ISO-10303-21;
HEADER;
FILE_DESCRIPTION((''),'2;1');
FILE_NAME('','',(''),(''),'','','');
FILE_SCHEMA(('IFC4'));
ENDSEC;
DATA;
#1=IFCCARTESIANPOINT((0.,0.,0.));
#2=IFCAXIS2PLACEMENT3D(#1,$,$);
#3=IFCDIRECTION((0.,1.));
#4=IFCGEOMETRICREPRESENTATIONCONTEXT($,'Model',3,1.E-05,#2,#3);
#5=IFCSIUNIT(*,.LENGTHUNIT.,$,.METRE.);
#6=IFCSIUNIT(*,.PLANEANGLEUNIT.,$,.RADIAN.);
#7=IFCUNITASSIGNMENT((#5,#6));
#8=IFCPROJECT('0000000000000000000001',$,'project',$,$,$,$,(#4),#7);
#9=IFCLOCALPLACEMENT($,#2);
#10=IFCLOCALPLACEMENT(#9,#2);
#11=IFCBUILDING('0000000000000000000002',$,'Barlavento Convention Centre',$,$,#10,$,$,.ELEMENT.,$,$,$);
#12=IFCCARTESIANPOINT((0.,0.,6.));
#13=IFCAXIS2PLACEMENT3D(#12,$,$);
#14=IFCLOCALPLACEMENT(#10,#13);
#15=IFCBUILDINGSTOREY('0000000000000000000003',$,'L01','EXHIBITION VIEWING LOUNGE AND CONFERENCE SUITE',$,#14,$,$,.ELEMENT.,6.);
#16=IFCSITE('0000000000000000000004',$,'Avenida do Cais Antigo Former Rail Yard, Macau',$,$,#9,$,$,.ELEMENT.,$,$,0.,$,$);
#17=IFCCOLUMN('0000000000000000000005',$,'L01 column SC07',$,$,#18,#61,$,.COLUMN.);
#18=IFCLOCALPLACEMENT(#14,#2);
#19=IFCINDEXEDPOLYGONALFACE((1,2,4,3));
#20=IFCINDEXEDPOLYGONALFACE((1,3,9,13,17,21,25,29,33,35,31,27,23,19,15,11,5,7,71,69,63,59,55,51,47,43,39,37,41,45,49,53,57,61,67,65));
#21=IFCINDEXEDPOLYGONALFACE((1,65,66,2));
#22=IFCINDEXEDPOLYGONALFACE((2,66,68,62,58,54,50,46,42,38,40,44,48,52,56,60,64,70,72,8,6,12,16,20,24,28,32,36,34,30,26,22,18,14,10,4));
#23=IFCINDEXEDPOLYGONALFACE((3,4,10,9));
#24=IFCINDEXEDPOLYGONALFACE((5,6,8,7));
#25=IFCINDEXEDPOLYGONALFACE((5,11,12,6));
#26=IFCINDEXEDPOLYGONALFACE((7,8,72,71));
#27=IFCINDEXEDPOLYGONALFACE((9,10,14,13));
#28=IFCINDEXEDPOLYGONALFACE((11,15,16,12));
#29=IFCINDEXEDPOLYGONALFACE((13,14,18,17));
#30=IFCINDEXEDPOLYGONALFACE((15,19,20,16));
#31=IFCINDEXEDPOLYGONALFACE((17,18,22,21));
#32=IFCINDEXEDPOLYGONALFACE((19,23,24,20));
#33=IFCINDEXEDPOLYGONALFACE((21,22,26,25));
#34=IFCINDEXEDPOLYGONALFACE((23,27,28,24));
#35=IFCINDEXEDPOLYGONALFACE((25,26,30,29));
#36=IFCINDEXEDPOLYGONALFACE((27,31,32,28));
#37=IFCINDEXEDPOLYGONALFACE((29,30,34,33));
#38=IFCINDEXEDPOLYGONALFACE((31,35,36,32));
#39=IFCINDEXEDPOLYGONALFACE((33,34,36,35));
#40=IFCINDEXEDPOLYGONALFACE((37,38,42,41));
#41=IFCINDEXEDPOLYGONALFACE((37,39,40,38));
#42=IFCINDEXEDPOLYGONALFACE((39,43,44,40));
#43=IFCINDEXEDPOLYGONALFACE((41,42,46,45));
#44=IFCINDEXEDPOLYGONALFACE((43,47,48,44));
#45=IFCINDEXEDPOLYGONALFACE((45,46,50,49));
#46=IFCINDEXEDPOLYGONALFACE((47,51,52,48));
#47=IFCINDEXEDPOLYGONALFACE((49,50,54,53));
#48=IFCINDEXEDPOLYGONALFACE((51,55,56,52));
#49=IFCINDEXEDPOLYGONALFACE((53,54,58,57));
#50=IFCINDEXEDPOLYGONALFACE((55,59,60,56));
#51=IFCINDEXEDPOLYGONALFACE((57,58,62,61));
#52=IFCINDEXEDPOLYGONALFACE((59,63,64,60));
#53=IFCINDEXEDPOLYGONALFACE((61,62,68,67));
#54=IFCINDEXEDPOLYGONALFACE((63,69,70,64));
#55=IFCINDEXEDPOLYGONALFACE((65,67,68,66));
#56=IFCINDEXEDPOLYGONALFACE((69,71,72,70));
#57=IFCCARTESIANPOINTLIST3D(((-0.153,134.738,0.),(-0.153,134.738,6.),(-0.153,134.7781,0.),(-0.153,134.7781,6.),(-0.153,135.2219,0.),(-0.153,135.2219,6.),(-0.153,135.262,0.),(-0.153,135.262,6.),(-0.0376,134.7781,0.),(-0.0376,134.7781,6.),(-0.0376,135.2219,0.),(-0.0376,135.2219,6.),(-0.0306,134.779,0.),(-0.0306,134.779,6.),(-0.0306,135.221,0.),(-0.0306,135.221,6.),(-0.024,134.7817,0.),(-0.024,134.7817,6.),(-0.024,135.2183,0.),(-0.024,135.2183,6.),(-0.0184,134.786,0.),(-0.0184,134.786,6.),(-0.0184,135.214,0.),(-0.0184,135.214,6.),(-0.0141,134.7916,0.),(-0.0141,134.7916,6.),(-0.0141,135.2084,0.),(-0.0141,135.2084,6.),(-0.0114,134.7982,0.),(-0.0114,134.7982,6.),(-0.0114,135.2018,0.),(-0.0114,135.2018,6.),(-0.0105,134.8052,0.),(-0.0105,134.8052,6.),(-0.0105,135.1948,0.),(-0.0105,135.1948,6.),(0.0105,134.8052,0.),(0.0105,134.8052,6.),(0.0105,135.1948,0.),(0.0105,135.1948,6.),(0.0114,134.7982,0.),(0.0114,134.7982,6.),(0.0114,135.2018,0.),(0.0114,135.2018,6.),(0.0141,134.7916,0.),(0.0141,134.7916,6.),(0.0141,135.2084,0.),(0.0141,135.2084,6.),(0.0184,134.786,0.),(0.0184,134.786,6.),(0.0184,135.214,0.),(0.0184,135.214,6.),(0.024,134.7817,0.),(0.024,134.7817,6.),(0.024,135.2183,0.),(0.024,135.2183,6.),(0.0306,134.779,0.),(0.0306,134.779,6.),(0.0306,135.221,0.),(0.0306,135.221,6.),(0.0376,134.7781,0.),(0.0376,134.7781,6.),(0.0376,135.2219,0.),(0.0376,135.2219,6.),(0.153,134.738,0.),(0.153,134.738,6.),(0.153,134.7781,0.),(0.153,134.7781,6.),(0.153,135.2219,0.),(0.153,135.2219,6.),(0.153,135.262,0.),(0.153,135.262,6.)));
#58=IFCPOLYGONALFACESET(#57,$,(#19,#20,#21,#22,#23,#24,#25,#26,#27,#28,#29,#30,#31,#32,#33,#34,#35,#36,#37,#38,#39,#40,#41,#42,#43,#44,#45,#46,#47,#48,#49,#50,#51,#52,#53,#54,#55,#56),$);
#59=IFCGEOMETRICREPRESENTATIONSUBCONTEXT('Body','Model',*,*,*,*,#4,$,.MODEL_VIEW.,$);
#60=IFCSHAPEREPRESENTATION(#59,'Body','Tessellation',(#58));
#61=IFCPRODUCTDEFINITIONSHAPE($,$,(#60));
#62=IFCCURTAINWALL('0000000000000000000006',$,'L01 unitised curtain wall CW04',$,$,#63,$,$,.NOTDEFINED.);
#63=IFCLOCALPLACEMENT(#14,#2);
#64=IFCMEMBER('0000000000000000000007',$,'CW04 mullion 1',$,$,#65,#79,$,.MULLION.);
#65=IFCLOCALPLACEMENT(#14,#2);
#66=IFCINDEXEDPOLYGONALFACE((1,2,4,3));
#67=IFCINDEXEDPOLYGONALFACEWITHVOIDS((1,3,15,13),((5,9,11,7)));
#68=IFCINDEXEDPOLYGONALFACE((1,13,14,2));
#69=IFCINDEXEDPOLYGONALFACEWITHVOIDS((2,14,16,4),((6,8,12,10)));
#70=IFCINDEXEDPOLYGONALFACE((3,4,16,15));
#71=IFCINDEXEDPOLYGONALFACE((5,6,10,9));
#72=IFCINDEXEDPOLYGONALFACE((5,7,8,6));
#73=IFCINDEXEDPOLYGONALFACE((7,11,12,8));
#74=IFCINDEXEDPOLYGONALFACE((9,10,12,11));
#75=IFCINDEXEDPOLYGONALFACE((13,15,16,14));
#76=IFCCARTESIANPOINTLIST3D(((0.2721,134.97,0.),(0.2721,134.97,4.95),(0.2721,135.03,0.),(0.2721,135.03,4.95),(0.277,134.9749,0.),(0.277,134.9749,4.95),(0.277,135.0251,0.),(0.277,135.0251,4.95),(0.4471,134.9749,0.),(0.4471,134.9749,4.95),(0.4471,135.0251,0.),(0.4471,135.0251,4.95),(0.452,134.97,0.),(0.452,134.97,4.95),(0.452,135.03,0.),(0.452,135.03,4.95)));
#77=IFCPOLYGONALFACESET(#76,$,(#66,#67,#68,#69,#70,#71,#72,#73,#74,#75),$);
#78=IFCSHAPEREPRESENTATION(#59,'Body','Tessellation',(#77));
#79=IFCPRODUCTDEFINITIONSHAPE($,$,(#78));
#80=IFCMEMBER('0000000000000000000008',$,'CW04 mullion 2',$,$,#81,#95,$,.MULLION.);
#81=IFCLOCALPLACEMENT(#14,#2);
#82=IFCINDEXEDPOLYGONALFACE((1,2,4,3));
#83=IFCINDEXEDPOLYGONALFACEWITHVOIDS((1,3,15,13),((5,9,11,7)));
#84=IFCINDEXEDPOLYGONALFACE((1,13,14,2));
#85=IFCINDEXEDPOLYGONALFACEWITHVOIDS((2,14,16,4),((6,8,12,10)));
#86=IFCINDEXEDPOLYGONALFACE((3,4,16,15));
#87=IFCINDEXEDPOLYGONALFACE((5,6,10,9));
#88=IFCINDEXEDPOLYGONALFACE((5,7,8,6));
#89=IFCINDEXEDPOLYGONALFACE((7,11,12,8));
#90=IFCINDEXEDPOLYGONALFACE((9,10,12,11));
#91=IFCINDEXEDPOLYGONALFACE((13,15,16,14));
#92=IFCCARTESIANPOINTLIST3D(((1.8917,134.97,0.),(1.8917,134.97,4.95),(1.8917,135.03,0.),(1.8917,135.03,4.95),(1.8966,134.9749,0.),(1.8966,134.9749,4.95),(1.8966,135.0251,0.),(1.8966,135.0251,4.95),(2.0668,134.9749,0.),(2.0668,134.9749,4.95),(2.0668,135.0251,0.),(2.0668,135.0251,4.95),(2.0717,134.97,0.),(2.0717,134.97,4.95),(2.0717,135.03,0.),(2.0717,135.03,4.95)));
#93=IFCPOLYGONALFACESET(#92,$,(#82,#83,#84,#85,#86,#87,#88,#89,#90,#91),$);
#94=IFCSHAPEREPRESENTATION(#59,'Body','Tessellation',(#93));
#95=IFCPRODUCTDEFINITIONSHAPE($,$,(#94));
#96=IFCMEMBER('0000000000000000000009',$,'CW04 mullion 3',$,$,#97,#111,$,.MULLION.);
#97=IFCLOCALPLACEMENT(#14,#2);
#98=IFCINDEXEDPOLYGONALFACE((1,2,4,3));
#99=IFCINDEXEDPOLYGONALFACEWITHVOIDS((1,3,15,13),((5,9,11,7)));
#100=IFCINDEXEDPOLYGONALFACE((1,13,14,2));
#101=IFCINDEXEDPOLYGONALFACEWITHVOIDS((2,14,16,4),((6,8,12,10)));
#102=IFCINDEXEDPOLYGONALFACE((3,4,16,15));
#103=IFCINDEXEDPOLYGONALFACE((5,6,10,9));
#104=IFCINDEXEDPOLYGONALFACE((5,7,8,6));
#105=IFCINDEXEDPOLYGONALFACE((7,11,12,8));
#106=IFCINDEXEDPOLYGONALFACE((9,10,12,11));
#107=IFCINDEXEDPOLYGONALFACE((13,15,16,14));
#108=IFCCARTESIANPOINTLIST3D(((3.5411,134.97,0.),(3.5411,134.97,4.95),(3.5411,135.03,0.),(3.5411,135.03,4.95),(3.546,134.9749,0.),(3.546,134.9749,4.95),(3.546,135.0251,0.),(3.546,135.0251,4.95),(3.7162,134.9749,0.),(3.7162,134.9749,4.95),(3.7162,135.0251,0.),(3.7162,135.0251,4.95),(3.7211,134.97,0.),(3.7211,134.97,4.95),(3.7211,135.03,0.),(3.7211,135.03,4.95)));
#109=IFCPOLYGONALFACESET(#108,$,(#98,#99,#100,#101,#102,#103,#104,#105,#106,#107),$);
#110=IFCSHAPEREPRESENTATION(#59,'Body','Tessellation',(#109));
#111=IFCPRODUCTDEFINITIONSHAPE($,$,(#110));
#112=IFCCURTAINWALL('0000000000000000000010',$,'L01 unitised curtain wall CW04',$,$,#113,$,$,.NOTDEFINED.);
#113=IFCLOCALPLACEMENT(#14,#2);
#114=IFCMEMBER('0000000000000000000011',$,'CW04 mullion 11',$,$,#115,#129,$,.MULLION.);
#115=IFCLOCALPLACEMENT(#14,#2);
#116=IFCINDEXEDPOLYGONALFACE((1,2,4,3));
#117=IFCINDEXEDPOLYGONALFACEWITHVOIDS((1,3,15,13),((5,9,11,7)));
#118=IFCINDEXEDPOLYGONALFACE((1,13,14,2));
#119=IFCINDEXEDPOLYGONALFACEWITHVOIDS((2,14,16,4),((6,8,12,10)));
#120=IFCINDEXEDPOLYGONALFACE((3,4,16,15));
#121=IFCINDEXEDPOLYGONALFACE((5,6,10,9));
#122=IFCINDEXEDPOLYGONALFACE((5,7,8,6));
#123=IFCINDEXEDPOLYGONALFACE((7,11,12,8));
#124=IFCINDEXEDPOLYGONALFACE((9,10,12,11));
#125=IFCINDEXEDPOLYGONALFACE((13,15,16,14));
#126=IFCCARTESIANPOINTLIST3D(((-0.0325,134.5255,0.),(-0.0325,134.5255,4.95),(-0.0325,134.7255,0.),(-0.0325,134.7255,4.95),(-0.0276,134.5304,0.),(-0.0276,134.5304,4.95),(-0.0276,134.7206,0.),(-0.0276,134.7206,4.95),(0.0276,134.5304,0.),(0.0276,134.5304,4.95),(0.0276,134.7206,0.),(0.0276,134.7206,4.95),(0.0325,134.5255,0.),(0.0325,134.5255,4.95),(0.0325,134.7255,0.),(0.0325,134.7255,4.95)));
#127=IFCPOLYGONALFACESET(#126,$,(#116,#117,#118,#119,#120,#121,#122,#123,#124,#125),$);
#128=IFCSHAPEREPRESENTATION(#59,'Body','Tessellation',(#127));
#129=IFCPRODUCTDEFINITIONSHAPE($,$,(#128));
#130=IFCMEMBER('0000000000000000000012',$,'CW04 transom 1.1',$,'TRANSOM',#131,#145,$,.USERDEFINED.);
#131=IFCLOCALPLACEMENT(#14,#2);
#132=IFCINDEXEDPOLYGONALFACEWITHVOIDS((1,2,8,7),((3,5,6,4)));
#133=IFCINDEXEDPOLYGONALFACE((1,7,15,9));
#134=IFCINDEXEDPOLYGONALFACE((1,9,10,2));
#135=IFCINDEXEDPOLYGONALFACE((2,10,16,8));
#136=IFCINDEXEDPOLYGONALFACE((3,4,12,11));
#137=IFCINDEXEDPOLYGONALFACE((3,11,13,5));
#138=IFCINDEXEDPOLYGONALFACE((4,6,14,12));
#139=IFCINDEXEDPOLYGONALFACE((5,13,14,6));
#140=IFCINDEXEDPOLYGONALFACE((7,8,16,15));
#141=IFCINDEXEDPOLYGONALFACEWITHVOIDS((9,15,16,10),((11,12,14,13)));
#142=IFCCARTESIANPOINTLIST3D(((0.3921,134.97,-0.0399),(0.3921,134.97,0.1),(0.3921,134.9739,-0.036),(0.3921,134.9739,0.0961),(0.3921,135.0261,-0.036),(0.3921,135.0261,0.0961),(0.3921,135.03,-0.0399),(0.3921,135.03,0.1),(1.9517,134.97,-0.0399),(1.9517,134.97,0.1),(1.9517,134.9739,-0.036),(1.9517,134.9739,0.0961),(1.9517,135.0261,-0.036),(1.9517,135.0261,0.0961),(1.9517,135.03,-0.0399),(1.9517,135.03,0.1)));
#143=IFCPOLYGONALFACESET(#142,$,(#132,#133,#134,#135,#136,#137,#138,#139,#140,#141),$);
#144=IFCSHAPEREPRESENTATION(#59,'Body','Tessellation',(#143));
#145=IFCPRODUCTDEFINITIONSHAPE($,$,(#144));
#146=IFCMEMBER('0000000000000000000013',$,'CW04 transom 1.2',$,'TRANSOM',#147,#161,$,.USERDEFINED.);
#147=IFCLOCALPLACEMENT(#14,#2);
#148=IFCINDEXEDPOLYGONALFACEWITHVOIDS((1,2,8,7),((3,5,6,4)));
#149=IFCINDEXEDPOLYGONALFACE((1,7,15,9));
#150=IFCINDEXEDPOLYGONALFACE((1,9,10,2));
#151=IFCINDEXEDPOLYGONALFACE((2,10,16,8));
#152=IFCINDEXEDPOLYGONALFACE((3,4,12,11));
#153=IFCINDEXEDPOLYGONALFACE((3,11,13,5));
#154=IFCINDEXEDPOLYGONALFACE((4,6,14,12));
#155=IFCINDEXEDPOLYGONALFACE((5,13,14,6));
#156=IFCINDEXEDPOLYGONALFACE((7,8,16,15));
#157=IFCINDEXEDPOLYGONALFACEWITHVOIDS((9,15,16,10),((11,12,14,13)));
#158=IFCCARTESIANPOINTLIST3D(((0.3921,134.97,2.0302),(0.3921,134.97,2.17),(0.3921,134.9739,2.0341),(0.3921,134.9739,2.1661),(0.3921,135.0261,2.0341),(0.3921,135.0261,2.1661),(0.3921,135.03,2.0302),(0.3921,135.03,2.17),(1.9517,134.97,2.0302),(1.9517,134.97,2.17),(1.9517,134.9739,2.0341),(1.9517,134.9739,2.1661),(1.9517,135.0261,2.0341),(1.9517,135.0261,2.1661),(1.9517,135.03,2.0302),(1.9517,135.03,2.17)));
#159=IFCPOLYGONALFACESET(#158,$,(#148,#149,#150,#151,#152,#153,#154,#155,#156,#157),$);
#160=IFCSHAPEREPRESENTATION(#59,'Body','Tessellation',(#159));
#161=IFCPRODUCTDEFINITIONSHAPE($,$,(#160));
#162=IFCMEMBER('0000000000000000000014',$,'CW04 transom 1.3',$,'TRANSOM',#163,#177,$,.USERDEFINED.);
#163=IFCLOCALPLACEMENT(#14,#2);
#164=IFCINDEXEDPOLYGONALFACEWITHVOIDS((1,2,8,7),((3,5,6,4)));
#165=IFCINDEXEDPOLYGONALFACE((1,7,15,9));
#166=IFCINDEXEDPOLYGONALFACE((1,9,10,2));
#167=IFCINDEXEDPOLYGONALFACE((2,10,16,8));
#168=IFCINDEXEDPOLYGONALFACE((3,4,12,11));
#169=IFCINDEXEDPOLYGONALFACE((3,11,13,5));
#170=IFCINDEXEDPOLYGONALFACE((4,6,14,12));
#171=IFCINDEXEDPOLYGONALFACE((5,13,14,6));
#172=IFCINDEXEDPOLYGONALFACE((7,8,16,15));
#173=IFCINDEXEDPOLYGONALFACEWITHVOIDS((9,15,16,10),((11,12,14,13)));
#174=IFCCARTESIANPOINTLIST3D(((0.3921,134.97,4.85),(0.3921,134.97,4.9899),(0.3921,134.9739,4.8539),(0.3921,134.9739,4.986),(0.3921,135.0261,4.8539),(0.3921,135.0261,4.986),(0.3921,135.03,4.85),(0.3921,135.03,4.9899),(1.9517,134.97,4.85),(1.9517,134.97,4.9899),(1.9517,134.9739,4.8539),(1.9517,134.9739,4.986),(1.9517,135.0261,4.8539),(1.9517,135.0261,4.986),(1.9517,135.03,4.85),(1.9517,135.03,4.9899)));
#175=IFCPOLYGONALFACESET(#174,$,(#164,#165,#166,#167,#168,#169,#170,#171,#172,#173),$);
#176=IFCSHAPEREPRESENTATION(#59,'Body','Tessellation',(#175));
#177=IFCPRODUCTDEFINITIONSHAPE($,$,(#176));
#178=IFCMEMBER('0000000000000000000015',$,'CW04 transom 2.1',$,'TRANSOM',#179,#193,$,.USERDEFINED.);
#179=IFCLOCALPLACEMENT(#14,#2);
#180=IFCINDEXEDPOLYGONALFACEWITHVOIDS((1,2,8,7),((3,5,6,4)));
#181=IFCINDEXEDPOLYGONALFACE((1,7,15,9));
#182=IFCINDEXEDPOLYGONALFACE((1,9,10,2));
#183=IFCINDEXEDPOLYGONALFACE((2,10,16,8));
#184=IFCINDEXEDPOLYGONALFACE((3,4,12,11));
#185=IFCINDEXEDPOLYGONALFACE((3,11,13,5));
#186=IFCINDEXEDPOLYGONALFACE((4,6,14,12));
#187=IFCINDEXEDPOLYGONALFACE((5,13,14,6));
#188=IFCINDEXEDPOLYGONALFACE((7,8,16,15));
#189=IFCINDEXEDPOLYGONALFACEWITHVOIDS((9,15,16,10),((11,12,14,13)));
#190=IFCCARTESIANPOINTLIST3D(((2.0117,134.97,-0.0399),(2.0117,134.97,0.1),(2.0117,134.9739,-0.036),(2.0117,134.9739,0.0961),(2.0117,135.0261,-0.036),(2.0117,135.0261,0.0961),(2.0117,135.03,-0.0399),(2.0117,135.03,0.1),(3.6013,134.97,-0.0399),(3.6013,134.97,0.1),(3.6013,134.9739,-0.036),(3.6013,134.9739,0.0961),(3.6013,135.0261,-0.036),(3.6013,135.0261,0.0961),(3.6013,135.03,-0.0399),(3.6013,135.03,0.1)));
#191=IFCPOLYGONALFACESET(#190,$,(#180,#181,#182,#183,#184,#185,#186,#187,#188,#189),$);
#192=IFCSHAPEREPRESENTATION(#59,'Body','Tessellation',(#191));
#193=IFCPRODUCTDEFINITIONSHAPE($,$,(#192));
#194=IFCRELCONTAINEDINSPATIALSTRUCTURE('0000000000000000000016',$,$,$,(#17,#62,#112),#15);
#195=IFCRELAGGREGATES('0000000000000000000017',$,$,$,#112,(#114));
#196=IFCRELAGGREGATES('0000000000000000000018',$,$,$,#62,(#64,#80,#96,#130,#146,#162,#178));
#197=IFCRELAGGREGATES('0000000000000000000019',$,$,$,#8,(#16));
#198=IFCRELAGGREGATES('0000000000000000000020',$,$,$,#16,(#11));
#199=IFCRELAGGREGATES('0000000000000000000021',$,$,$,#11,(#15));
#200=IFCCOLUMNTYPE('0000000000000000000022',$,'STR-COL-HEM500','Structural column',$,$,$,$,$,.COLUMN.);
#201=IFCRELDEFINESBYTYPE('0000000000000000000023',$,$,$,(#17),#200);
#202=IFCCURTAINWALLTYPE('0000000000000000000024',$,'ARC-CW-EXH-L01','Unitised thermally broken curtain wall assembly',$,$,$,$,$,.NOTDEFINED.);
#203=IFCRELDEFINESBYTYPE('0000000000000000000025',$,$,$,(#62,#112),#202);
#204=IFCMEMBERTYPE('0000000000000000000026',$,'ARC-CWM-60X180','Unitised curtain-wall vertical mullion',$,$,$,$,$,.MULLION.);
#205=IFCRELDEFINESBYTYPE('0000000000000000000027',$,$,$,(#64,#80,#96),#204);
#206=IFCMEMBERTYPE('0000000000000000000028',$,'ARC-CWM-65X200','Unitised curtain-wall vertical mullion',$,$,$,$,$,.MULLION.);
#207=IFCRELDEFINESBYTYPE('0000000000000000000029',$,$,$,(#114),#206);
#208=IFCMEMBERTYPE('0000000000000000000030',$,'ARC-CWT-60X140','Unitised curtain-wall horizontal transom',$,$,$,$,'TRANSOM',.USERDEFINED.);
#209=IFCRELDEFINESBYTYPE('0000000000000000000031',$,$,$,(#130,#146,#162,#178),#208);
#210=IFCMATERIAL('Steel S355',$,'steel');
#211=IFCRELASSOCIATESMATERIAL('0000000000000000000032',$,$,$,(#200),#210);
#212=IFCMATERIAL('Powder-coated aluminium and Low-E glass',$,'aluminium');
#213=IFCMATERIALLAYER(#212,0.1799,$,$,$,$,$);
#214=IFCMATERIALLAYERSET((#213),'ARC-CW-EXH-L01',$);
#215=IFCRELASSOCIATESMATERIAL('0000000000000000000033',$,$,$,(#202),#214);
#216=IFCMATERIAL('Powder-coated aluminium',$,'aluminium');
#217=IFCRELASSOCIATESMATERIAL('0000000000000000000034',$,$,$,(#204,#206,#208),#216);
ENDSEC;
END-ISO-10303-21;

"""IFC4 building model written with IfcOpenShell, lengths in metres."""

from ifc_helpers import new_model, si_unit, direction, frame, origin, origin_2d, place, context, subcontext, project, spatial, hollow_rectangle, i_section, extrude, material, layer, layer_set, material_profile, profile_set, type_object, element, aggregate, save


model = new_model("IFC4")

# Units and contexts
model_context = context("Model", 3, precision=1e-05, world=origin(), true_north=direction((0.0, 1.0)))
body_context = subcontext(model_context, "Body", "Model", "MODEL_VIEW")
ifc_project = project(units=[si_unit("LENGTHUNIT", "METRE"), si_unit("PLANEANGLEUNIT", "RADIAN")], contexts=[model_context])

# Site, building, storey
site_placement = place(None, origin())
site = spatial("IfcSite", under=ifc_project, at=site_placement, Name="Avenida do Cais Antigo Former Rail Yard, Macau", CompositionType="ELEMENT", RefElevation=0.0)
building_placement = place(site_placement, origin())
building = spatial("IfcBuilding", under=site, at=building_placement, Name="Barlavento Convention Centre", CompositionType="ELEMENT")
storey_placement = place(building_placement, frame((0.0, 0.0, 6.0)))
storey = spatial("IfcBuildingStorey", under=building, at=storey_placement, Name="L01", Description="EXHIBITION VIEWING LOUNGE AND CONFERENCE SUITE", CompositionType="ELEMENT", Elevation=6.0)

# Column
ifc_material_1 = material(Name="Steel S355", Category="steel")
ifc_material_profile_1 = material_profile(ifc_material_1, i_section(OverallWidth=0.3059, OverallDepth=0.5239, WebThickness=0.021, FlangeThickness=0.04, FilletRadius=0.0271, at=origin_2d()), Name="HEM 500")
ifc_profile_set_1 = profile_set([ifc_material_profile_1], Name="Steel S355")
column_type = type_object("IfcColumnType", Name="STR-COL-HEM500", Description="Structural column", PredefinedType="COLUMN", material=ifc_profile_set_1)
column_placement = place(storey_placement, frame((0.0, 135.0, 0.0), z_axis=(0.0, 0.0, 1.0), x_axis=(1.0, 0.0, 0.0)))
element("IfcColumn", 1, at=column_placement, inside=storey, type_object=column_type, Name="L01 column SC07", PredefinedType="COLUMN", context=body_context, shape_type="SweptSolid", body=[
    extrude(i_section(OverallWidth=0.3059, OverallDepth=0.5239, WebThickness=0.021, FlangeThickness=0.04, FilletRadius=0.0271, at=origin_2d()), origin(), (0.0, 0.0, 1.0), 6.0),
])

# Curtain wall, members
ifc_material_2 = material(Name="Powder-coated aluminium and Low-E glass", Category="aluminium")
ifc_layer_1 = layer(ifc_material_2, 0.1799)
ifc_layer_set_1 = layer_set([ifc_layer_1], Name="ARC-CW-EXH-L01")
curtain_wall_type = type_object("IfcCurtainWallType", Name="ARC-CW-EXH-L01", Description="Unitised thermally broken curtain wall assembly", PredefinedType="NOTDEFINED", material=ifc_layer_set_1)
curtain_wall_1_placement = place(storey_placement, origin())
curtain_wall_1 = element("IfcCurtainWall", 2, at=curtain_wall_1_placement, inside=storey, type_object=curtain_wall_type, Name="L01 unitised curtain wall CW04", PredefinedType="NOTDEFINED")
ifc_material_3 = material(Name="Powder-coated aluminium", Category="aluminium")
ifc_material_profile_2 = material_profile(ifc_material_3, hollow_rectangle(XDim=0.0601, YDim=0.1799, WallThickness=0.0049, at=origin_2d()), Name="AL-MULL 60x180x5")
ifc_profile_set_2 = profile_set([ifc_material_profile_2], Name="Powder-coated aluminium")
member_type_1 = type_object("IfcMemberType", Name="ARC-CWM-60X180", Description="Unitised curtain-wall vertical mullion", PredefinedType="MULLION", material=ifc_profile_set_2)
member_1_placement = place(storey_placement, frame((0.3621, 135.0, 0.0), z_axis=(0.0, 0.0, 1.0), x_axis=(0.0, 1.0, 0.0)))
member_1 = element("IfcMember", 3, at=member_1_placement, type_object=member_type_1, Name="CW04 mullion 1", PredefinedType="MULLION", context=body_context, shape_type="SweptSolid", body=[
    extrude(hollow_rectangle(XDim=0.0601, YDim=0.1799, WallThickness=0.0049, at=origin_2d()), origin(), (0.0, 0.0, 1.0), 4.95),
])
member_2_placement = place(storey_placement, frame((1.9817, 135.0, 0.0), z_axis=(0.0, 0.0, 1.0), x_axis=(0.0, 1.0, 0.0)))
member_2 = element("IfcMember", 4, at=member_2_placement, type_object=member_type_1, Name="CW04 mullion 2", PredefinedType="MULLION", context=body_context, shape_type="SweptSolid", body=[
    extrude(hollow_rectangle(XDim=0.0601, YDim=0.1799, WallThickness=0.0049, at=origin_2d()), origin(), (0.0, 0.0, 1.0), 4.95),
])
member_3_placement = place(storey_placement, frame((3.6311, 135.0, 0.0), z_axis=(0.0, 0.0, 1.0), x_axis=(0.0, 1.0, 0.0)))
member_3 = element("IfcMember", 5, at=member_3_placement, type_object=member_type_1, Name="CW04 mullion 3", PredefinedType="MULLION", context=body_context, shape_type="SweptSolid", body=[
    extrude(hollow_rectangle(XDim=0.0601, YDim=0.1799, WallThickness=0.0049, at=origin_2d()), origin(), (0.0, 0.0, 1.0), 4.95),
])

# Curtain wall, member
curtain_wall_2_placement = place(storey_placement, origin())
curtain_wall_2 = element("IfcCurtainWall", 6, at=curtain_wall_2_placement, inside=storey, type_object=curtain_wall_type, Name="L01 unitised curtain wall CW04", PredefinedType="NOTDEFINED")
ifc_material_profile_3 = material_profile(ifc_material_3, hollow_rectangle(XDim=0.0649, YDim=0.2, WallThickness=0.0049, at=origin_2d()), Name="AL-MULL 65x200x5")
ifc_profile_set_3 = profile_set([ifc_material_profile_3], Name="Powder-coated aluminium")
member_type_2 = type_object("IfcMemberType", Name="ARC-CWM-65X200", Description="Unitised curtain-wall vertical mullion", PredefinedType="MULLION", material=ifc_profile_set_3)
member_4_placement = place(storey_placement, frame((0.0, 134.6255, 0.0), z_axis=(0.0, 0.0, 1.0), x_axis=(-1.0, 0.0, 0.0)))
member_4 = element("IfcMember", 7, at=member_4_placement, type_object=member_type_2, Name="CW04 mullion 11", PredefinedType="MULLION", context=body_context, shape_type="SweptSolid", body=[
    extrude(hollow_rectangle(XDim=0.0649, YDim=0.2, WallThickness=0.0049, at=origin_2d()), origin(), (0.0, 0.0, 1.0), 4.95),
])
aggregate(curtain_wall_2, [member_4])

# Members
ifc_material_profile_4 = material_profile(ifc_material_3, hollow_rectangle(XDim=0.0601, YDim=0.1399, WallThickness=0.0039, at=origin_2d()), Name="AL-TRAN 60x140x4")
ifc_profile_set_4 = profile_set([ifc_material_profile_4], Name="Powder-coated aluminium")
member_type_3 = type_object("IfcMemberType", Name="ARC-CWT-60X140", Description="Unitised curtain-wall horizontal transom", ElementType="TRANSOM", PredefinedType="USERDEFINED", material=ifc_profile_set_4)
member_5_placement = place(storey_placement, frame((0.3921, 135.0, 0.03), z_axis=(1.0, 0.0, 0.0), x_axis=(0.0, 1.0, 0.0)))
member_5 = element("IfcMember", 8, at=member_5_placement, type_object=member_type_3, Name="CW04 transom 1.1", ObjectType="TRANSOM", PredefinedType="USERDEFINED", context=body_context, shape_type="SweptSolid", body=[
    extrude(hollow_rectangle(XDim=0.0601, YDim=0.1399, WallThickness=0.0039, at=origin_2d()), origin(), (0.0, 0.0, 1.0), 1.5596),
])
member_6_placement = place(storey_placement, frame((0.3921, 135.0, 2.1001), z_axis=(1.0, 0.0, 0.0), x_axis=(0.0, 1.0, 0.0)))
member_6 = element("IfcMember", 9, at=member_6_placement, type_object=member_type_3, Name="CW04 transom 1.2", ObjectType="TRANSOM", PredefinedType="USERDEFINED", context=body_context, shape_type="SweptSolid", body=[
    extrude(hollow_rectangle(XDim=0.0601, YDim=0.1399, WallThickness=0.0039, at=origin_2d()), origin(), (0.0, 0.0, 1.0), 1.5596),
])
member_7_placement = place(storey_placement, frame((0.3921, 135.0, 4.9199), z_axis=(1.0, 0.0, 0.0), x_axis=(0.0, 1.0, 0.0)))
member_7 = element("IfcMember", 10, at=member_7_placement, type_object=member_type_3, Name="CW04 transom 1.3", ObjectType="TRANSOM", PredefinedType="USERDEFINED", context=body_context, shape_type="SweptSolid", body=[
    extrude(hollow_rectangle(XDim=0.0601, YDim=0.1399, WallThickness=0.0039, at=origin_2d()), origin(), (0.0, 0.0, 1.0), 1.5596),
])
member_8_placement = place(storey_placement, frame((2.0117, 135.0, 0.03), z_axis=(1.0, 0.0, 0.0), x_axis=(0.0, 1.0, 0.0)))
member_8 = element("IfcMember", 11, at=member_8_placement, type_object=member_type_3, Name="CW04 transom 2.1", ObjectType="TRANSOM", PredefinedType="USERDEFINED", context=body_context, shape_type="SweptSolid", body=[
    extrude(hollow_rectangle(XDim=0.0601, YDim=0.1399, WallThickness=0.0039, at=origin_2d()), origin(), (0.0, 0.0, 1.0), 1.5896),
])

aggregate(curtain_wall_1, [member_1, member_2, member_3, member_5, member_6, member_7, member_8])

save(model, "model.ifc")
